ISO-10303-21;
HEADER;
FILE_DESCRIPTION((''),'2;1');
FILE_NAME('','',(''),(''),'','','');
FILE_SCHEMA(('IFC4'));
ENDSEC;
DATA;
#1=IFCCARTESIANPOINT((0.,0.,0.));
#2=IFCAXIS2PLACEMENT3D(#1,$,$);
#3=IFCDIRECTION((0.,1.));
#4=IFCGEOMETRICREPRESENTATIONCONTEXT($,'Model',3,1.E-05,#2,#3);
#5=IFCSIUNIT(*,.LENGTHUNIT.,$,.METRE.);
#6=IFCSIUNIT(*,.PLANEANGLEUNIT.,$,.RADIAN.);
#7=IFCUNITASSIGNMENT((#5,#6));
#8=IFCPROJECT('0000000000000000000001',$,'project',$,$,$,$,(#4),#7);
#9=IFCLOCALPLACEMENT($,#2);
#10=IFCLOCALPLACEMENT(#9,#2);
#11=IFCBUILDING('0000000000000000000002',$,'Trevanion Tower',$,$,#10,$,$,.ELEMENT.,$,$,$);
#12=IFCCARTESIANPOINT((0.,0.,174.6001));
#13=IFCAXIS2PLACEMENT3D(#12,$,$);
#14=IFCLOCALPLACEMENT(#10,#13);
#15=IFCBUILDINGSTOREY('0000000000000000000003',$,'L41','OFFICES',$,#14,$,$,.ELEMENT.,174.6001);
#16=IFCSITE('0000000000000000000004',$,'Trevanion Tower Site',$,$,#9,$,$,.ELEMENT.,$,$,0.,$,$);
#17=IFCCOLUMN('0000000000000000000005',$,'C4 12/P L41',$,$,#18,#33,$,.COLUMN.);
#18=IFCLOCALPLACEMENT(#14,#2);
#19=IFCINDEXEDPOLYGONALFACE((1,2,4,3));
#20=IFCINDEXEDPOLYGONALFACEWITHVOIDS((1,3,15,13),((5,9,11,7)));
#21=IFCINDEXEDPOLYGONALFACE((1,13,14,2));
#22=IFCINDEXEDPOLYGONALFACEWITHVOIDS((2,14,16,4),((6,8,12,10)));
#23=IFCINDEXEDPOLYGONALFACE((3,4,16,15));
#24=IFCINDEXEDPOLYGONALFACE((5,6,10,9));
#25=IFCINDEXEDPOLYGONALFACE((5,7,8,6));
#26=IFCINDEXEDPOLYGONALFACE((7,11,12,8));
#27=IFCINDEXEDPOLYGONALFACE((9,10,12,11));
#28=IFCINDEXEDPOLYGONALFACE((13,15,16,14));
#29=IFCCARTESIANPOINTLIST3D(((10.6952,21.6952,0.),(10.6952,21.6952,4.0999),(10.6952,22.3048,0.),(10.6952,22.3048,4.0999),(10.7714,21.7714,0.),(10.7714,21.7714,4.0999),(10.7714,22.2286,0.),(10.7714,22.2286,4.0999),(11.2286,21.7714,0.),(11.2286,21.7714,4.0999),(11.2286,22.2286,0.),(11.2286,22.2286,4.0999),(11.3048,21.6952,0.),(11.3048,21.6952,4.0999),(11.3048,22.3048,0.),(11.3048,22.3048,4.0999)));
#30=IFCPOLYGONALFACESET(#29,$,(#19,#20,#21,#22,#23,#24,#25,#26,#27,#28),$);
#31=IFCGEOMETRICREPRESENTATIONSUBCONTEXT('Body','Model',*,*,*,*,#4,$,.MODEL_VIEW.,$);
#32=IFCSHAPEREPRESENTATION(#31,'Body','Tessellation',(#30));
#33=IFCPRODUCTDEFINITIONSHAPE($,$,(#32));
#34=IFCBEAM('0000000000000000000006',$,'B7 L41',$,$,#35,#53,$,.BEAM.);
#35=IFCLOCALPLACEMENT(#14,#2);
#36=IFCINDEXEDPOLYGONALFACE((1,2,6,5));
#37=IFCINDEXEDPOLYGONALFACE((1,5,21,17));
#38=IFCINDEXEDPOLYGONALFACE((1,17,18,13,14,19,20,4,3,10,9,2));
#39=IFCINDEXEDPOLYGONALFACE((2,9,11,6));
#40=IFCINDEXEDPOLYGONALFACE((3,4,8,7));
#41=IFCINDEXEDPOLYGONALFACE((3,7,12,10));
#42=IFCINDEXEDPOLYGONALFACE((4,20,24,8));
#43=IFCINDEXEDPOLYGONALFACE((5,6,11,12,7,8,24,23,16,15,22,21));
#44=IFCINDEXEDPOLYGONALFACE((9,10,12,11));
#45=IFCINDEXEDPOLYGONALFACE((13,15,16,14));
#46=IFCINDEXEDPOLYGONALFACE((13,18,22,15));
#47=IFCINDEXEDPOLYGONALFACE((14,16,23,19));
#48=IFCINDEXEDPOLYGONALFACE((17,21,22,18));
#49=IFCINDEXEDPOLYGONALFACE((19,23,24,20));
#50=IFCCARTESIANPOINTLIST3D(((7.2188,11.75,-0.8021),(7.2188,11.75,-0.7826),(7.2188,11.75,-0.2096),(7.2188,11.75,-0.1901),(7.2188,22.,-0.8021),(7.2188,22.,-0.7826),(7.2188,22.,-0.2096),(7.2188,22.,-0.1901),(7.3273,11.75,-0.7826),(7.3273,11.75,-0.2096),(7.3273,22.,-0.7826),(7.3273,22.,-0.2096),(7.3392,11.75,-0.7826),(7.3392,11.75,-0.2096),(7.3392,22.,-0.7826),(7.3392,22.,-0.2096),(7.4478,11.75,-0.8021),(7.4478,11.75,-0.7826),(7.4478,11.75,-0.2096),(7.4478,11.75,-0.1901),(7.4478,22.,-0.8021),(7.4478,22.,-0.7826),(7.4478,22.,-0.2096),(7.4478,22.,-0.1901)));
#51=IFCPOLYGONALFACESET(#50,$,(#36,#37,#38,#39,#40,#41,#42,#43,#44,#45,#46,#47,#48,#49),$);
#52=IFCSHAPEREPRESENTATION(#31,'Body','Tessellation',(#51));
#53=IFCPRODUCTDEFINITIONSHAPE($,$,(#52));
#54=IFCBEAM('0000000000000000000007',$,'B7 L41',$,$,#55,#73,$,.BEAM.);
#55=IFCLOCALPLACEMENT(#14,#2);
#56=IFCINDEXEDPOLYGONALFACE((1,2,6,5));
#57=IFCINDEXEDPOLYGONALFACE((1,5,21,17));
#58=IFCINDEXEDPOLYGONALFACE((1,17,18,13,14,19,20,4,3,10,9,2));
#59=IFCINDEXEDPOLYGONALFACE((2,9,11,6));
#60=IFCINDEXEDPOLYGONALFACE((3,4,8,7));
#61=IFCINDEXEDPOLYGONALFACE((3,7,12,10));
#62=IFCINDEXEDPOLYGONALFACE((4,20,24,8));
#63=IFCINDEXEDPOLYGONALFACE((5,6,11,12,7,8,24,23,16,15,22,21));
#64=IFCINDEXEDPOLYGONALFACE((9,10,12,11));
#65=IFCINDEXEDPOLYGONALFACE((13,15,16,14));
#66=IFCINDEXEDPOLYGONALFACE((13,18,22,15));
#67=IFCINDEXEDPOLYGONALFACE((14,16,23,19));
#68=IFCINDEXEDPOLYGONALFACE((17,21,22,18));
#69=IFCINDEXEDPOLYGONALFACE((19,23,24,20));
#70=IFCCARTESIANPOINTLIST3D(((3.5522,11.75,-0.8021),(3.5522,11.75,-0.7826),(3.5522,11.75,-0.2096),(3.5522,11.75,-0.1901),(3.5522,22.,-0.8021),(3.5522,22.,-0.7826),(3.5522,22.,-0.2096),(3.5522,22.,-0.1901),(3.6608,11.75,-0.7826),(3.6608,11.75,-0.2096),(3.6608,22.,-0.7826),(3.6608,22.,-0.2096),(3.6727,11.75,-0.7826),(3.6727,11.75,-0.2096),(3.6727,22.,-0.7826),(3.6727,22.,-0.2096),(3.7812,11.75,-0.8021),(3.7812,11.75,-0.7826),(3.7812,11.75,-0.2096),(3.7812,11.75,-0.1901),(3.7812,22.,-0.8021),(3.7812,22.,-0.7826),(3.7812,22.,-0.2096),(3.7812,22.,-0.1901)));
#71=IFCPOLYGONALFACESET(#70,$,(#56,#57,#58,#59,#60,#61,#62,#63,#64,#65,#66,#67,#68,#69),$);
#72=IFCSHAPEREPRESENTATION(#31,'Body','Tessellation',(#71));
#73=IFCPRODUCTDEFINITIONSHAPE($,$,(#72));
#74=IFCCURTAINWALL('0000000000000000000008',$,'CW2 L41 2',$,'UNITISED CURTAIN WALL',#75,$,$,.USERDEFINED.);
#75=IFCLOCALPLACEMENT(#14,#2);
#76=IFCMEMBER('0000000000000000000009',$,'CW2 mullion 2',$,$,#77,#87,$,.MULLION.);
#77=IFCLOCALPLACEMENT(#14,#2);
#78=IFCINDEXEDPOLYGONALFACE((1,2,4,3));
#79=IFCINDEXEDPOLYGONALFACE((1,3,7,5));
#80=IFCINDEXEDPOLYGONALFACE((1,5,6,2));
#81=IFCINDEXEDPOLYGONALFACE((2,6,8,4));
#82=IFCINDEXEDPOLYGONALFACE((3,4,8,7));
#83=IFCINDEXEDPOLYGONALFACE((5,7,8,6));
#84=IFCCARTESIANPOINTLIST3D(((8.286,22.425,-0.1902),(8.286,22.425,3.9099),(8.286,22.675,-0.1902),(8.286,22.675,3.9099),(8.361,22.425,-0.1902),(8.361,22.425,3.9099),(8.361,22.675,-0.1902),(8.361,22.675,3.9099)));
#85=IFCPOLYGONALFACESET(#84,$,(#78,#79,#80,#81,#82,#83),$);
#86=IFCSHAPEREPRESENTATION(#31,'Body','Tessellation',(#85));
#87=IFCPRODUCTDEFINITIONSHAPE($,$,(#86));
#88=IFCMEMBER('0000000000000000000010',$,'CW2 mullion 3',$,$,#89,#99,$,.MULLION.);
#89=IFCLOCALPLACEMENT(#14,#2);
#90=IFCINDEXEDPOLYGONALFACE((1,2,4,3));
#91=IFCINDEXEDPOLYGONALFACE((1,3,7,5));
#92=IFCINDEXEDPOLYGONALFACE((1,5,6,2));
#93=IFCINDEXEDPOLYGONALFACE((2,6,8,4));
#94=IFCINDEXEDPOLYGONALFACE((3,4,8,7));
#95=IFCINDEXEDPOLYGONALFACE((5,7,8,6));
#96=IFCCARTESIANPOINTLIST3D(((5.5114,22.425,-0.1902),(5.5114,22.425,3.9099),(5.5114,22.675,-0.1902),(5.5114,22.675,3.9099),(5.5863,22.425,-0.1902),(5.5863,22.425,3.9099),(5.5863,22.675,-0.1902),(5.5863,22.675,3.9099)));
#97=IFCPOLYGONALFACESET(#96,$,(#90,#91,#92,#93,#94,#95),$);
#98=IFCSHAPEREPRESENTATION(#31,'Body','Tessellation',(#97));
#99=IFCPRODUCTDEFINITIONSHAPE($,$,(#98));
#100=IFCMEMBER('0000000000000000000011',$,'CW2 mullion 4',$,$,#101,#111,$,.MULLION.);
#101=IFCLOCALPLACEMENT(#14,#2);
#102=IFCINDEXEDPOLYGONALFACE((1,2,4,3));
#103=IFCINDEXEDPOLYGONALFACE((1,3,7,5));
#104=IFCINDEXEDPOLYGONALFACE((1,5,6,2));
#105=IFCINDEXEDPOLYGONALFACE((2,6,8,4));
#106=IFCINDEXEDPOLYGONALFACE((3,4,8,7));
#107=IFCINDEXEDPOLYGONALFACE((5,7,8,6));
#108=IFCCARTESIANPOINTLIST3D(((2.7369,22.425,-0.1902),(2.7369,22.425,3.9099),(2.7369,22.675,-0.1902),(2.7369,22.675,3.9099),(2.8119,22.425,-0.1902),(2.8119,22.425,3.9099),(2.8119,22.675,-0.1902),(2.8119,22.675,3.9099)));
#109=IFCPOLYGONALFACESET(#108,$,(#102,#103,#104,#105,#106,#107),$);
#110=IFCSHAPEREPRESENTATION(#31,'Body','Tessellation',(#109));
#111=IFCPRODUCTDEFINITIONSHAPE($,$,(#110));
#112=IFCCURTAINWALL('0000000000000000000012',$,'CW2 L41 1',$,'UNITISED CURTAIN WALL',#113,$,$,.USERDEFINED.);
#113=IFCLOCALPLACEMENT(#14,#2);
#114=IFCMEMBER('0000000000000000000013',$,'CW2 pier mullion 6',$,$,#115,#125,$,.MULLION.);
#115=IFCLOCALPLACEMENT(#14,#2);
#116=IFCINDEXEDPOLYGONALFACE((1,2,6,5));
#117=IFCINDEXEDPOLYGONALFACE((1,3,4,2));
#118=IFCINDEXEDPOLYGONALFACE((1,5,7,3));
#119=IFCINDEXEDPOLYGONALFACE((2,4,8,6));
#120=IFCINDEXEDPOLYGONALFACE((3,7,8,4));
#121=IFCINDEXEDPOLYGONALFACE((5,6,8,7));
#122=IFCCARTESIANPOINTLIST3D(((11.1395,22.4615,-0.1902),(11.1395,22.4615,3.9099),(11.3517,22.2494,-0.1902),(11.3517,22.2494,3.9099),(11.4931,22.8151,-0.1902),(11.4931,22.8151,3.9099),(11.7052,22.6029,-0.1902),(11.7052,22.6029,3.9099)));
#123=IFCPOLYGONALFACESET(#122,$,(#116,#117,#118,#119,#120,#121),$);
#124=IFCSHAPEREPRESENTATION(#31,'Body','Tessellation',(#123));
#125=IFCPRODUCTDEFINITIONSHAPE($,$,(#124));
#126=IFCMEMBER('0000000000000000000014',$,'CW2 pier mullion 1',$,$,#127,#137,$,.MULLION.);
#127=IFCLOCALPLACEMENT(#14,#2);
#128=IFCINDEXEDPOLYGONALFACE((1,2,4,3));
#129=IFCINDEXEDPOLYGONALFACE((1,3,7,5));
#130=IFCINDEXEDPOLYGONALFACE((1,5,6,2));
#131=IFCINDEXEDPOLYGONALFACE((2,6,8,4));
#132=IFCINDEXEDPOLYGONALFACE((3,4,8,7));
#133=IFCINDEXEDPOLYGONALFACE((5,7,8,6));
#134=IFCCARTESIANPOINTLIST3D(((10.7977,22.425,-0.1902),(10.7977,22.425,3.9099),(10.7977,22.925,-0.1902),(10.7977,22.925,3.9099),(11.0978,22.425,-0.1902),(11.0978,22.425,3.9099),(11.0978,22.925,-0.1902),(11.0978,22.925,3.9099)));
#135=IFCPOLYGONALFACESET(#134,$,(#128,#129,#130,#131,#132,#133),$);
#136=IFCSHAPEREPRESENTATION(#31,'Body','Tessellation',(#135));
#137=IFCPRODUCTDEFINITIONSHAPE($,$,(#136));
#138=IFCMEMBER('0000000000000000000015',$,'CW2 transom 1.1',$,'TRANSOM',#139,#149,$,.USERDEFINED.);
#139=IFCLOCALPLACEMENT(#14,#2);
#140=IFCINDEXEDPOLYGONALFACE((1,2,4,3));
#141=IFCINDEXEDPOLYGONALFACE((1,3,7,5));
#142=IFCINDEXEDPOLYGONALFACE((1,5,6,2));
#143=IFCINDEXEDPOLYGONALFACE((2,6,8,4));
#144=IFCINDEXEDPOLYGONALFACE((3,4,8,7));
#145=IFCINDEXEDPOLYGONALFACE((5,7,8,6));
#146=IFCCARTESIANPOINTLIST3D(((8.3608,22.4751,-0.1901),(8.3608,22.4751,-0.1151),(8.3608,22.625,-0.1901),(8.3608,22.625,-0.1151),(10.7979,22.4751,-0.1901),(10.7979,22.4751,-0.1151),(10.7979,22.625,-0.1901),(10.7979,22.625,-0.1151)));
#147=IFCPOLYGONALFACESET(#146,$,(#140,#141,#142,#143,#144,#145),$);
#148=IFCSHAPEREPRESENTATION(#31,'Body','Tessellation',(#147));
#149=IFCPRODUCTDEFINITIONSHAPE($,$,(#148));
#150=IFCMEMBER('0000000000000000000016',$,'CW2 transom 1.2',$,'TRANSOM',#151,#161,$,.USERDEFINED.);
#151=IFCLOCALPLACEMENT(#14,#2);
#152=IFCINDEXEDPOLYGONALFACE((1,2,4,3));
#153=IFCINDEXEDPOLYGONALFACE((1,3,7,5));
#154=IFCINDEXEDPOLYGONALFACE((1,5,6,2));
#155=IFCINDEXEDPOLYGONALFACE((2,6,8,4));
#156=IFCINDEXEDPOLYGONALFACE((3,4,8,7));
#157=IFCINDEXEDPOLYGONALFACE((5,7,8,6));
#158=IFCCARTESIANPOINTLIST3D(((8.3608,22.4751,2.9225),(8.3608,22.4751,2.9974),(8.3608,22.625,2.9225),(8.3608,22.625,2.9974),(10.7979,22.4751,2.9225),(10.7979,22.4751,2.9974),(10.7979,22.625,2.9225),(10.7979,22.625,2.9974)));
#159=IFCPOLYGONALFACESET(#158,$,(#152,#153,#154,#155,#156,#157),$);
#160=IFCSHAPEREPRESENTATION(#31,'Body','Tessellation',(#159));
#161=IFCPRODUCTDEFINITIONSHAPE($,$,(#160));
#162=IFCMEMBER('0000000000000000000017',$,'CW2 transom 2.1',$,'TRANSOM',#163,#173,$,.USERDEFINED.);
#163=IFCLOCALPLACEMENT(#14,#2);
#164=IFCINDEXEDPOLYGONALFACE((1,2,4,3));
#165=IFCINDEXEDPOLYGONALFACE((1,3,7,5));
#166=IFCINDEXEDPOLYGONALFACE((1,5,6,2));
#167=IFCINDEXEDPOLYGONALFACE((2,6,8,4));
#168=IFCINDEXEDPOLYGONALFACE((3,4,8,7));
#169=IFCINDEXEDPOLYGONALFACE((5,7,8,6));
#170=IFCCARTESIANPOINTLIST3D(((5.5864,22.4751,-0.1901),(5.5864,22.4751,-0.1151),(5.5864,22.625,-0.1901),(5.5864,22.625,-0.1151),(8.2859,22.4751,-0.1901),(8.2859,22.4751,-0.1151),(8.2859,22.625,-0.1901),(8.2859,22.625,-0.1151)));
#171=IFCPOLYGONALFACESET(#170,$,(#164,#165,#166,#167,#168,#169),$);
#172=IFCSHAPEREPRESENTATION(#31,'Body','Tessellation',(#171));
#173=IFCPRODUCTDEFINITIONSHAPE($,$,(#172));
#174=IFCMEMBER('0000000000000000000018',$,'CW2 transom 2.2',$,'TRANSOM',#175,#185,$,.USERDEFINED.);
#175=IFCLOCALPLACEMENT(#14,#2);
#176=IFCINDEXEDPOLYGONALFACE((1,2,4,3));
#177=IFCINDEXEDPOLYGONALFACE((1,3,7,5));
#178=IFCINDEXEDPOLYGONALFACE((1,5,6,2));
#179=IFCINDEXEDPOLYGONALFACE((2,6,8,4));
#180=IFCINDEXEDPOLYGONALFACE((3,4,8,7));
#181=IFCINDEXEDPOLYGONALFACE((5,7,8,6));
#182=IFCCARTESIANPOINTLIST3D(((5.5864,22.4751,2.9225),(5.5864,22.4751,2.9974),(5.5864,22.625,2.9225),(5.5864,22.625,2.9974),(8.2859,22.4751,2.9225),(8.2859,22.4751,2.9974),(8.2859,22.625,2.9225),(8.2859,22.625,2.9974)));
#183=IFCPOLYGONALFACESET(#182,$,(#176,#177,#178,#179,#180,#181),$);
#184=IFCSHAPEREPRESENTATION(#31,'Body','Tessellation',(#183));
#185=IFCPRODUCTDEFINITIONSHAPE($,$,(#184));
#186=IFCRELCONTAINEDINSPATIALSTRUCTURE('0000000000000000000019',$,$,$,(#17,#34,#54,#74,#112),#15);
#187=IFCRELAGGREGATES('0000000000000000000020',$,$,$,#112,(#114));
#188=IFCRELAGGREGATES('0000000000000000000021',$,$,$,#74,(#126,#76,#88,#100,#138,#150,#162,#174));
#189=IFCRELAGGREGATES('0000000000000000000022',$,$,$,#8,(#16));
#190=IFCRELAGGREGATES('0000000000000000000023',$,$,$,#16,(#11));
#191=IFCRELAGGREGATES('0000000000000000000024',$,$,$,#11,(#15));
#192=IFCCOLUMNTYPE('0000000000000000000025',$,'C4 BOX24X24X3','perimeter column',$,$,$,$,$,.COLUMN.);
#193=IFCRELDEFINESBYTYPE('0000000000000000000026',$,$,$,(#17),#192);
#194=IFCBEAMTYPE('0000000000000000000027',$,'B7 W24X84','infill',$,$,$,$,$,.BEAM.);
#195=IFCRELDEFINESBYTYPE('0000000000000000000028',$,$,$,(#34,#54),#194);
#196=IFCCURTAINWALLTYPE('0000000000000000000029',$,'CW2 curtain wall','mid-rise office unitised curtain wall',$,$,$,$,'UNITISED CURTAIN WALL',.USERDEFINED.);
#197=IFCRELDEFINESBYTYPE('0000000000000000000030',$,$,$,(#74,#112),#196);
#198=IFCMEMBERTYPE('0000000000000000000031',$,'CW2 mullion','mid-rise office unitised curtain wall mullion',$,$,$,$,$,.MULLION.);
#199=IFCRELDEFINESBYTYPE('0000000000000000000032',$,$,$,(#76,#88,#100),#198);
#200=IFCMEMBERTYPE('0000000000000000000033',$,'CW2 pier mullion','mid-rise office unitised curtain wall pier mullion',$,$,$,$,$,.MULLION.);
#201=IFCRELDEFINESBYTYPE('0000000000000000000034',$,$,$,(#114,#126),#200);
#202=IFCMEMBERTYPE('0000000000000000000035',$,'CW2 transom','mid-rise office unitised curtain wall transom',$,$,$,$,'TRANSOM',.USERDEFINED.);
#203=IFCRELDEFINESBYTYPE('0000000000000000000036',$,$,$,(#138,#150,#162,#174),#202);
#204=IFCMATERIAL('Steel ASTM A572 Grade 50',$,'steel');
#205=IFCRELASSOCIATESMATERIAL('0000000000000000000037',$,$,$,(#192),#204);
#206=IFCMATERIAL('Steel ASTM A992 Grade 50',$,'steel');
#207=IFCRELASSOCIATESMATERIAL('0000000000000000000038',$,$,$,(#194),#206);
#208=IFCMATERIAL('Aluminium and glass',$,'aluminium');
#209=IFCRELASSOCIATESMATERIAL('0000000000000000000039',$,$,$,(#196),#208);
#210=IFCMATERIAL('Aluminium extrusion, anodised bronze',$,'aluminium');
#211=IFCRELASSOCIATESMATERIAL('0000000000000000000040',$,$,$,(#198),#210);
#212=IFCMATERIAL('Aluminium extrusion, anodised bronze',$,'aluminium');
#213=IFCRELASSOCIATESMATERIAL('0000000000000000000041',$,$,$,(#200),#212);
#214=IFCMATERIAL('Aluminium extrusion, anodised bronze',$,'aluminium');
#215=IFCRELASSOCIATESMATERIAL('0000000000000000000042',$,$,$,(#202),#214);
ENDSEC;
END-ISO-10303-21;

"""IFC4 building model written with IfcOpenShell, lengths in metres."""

from ifc_helpers import new_model, si_unit, direction, frame, origin, origin_2d, place, context, subcontext, project, spatial, rectangle, hollow_rectangle, i_section, extrude, material, material_profile, profile_set, type_object, element, aggregate, save


model = new_model("IFC4")

# Units and contexts
model_context = context("Model", 3, precision=1e-05, world=origin(), true_north=direction((0.0, 1.0)))
body_context = subcontext(model_context, "Body", "Model", "MODEL_VIEW")
ifc_project = project(units=[si_unit("LENGTHUNIT", "METRE"), si_unit("PLANEANGLEUNIT", "RADIAN")], contexts=[model_context])

# Site, building, storey
site_placement = place(None, origin())
site = spatial("IfcSite", under=ifc_project, at=site_placement, Name="Trevanion Tower Site", CompositionType="ELEMENT", RefElevation=0.0)
building_placement = place(site_placement, origin())
building = spatial("IfcBuilding", under=site, at=building_placement, Name="Trevanion Tower", CompositionType="ELEMENT")
storey_placement = place(building_placement, frame((0.0, 0.0, 174.6001)))
storey = spatial("IfcBuildingStorey", under=building, at=storey_placement, Name="L41", Description="OFFICES", CompositionType="ELEMENT", Elevation=174.6001)

# Column
ifc_material_1 = material(Name="Steel ASTM A572 Grade 50", Category="steel")
ifc_material_profile_1 = material_profile(ifc_material_1, hollow_rectangle(XDim=0.6096, YDim=0.6096, WallThickness=0.0762, at=origin_2d()), Name="BOX24X24X3")
ifc_profile_set_1 = profile_set([ifc_material_profile_1], Name="Steel ASTM A572 Grade 50")
column_type = type_object("IfcColumnType", Name="C4 BOX24X24X3", Description="perimeter column", PredefinedType="COLUMN", material=ifc_profile_set_1)
column_placement = place(storey_placement, frame((11.0, 22.0, 0.0), z_axis=(0.0, 0.0, 1.0), x_axis=(1.0, 0.0, 0.0)))
element("IfcColumn", 1, at=column_placement, inside=storey, type_object=column_type, Name="C4 12/P L41", PredefinedType="COLUMN", context=body_context, shape_type="SweptSolid", body=[
    extrude(hollow_rectangle(XDim=0.6096, YDim=0.6096, WallThickness=0.0762, at=origin_2d()), origin(), (0.0, 0.0, 1.0), 4.0999),
])

# Beams
ifc_material_2 = material(Name="Steel ASTM A992 Grade 50", Category="steel")
ifc_material_profile_2 = material_profile(ifc_material_2, i_section(OverallWidth=0.229, OverallDepth=0.6121, WebThickness=0.012, FlangeThickness=0.0195, at=origin_2d()), Name="W24X84")
ifc_profile_set_2 = profile_set([ifc_material_profile_2], Name="Steel ASTM A992 Grade 50")
beam_type_1 = type_object("IfcBeamType", Name="B7 W24X84", Description="infill", PredefinedType="BEAM", material=ifc_profile_set_2)
for number, where, z_axis, x_axis, name in (
    (2, (7.3333, 11.75, -0.4961), (0.0, 1.0, 0.0), (-1.0, 0.0, 0.0), "B7 L41"),
    (3, (3.6667, 11.75, -0.4961), (0.0, 1.0, 0.0), (-1.0, 0.0, 0.0), "B7 L41"),
):
    element("IfcBeam", number, at=place(storey_placement, frame(where, z_axis=z_axis, x_axis=x_axis)), inside=storey, type_object=beam_type_1, Name=name, PredefinedType="BEAM", context=body_context, shape_type="SweptSolid", body=[
        extrude(i_section(OverallWidth=0.229, OverallDepth=0.6121, WebThickness=0.012, FlangeThickness=0.0195, at=origin_2d()), origin(), (0.0, 0.0, 1.0), 10.25),
    ])

# Curtain wall, members
ifc_material_3 = material(Name="Aluminium and glass", Category="aluminium")
curtain_wall_type = type_object("IfcCurtainWallType", Name="CW2 curtain wall", Description="mid-rise office unitised curtain wall", ElementType="UNITISED CURTAIN WALL", PredefinedType="USERDEFINED", material=ifc_material_3)
curtain_wall_1_placement = place(storey_placement, origin())
curtain_wall_1 = element("IfcCurtainWall", 4, at=curtain_wall_1_placement, inside=storey, type_object=curtain_wall_type, Name="CW2 L41 2", ObjectType="UNITISED CURTAIN WALL", PredefinedType="USERDEFINED")
ifc_material_4 = material(Name="Aluminium extrusion, anodised bronze", Category="aluminium")
ifc_material_profile_3 = material_profile(ifc_material_4, rectangle(XDim=0.075, YDim=0.25, at=origin_2d()), Name="CW2 mullion")
ifc_profile_set_3 = profile_set([ifc_material_profile_3], Name="Aluminium extrusion, anodised bronze")
member_type_1 = type_object("IfcMemberType", Name="CW2 mullion", Description="mid-rise office unitised curtain wall mullion", PredefinedType="MULLION", material=ifc_profile_set_3)
member_1_placement = place(storey_placement, frame((8.3235, 22.55, -0.1902), z_axis=(0.0, 0.0, 1.0), x_axis=(-1.0, 0.0, 0.0)))
member_1 = element("IfcMember", 5, at=member_1_placement, type_object=member_type_1, Name="CW2 mullion 2", PredefinedType="MULLION", context=body_context, shape_type="SweptSolid", body=[
    extrude(rectangle(XDim=0.075, YDim=0.25, at=origin_2d()), origin(), (0.0, 0.0, 1.0), 4.1001),
])
member_2_placement = place(storey_placement, frame((5.5488, 22.55, -0.1902), z_axis=(0.0, 0.0, 1.0), x_axis=(-1.0, 0.0, 0.0)))
member_2 = element("IfcMember", 6, at=member_2_placement, type_object=member_type_1, Name="CW2 mullion 3", PredefinedType="MULLION", context=body_context, shape_type="SweptSolid", body=[
    extrude(rectangle(XDim=0.075, YDim=0.25, at=origin_2d()), origin(), (0.0, 0.0, 1.0), 4.1001),
])
member_3_placement = place(storey_placement, frame((2.7744, 22.55, -0.1902), z_axis=(0.0, 0.0, 1.0), x_axis=(-1.0, 0.0, 0.0)))
member_3 = element("IfcMember", 7, at=member_3_placement, type_object=member_type_1, Name="CW2 mullion 4", PredefinedType="MULLION", context=body_context, shape_type="SweptSolid", body=[
    extrude(rectangle(XDim=0.075, YDim=0.25, at=origin_2d()), origin(), (0.0, 0.0, 1.0), 4.1001),
])

# Curtain wall, member
curtain_wall_2_placement = place(storey_placement, origin())
curtain_wall_2 = element("IfcCurtainWall", 8, at=curtain_wall_2_placement, inside=storey, type_object=curtain_wall_type, Name="CW2 L41 1", ObjectType="UNITISED CURTAIN WALL", PredefinedType="USERDEFINED")
ifc_material_5 = material(Name="Aluminium extrusion, anodised bronze", Category="aluminium")
ifc_material_profile_4 = material_profile(ifc_material_5, rectangle(XDim=0.3, YDim=0.5, at=origin_2d()), Name="CW2 pier mullion")
ifc_profile_set_4 = profile_set([ifc_material_profile_4], Name="Aluminium extrusion, anodised bronze")
member_type_2 = type_object("IfcMemberType", Name="CW2 pier mullion", Description="mid-rise office unitised curtain wall pier mullion", PredefinedType="MULLION", material=ifc_profile_set_4)
member_4_placement = place(storey_placement, frame((11.4224, 22.5322, -0.1902), z_axis=(0.0, 0.0, 1.0), x_axis=(-0.707107, 0.707107, 0.0)))
member_4 = element("IfcMember", 9, at=member_4_placement, type_object=member_type_2, Name="CW2 pier mullion 6", PredefinedType="MULLION", context=body_context, shape_type="SweptSolid", body=[
    extrude(rectangle(XDim=0.3, YDim=0.5, at=origin_2d()), origin(), (0.0, 0.0, 1.0), 4.1001),
])
aggregate(curtain_wall_2, [member_4])

# Members
member_5_placement = place(storey_placement, frame((10.9478, 22.675, -0.1902), z_axis=(0.0, 0.0, 1.0), x_axis=(-1.0, 0.0, 0.0)))
member_5 = element("IfcMember", 10, at=member_5_placement, type_object=member_type_2, Name="CW2 pier mullion 1", PredefinedType="MULLION", context=body_context, shape_type="SweptSolid", body=[
    extrude(rectangle(XDim=0.3, YDim=0.5, at=origin_2d()), origin(), (0.0, 0.0, 1.0), 4.1001),
])
ifc_material_6 = material(Name="Aluminium extrusion, anodised bronze", Category="aluminium")
ifc_material_profile_5 = material_profile(ifc_material_6, rectangle(XDim=0.1499, YDim=0.075, at=origin_2d()), Name="CW2 transom")
ifc_profile_set_5 = profile_set([ifc_material_profile_5], Name="Aluminium extrusion, anodised bronze")
member_type_3 = type_object("IfcMemberType", Name="CW2 transom", Description="mid-rise office unitised curtain wall transom", ElementType="TRANSOM", PredefinedType="USERDEFINED", material=ifc_profile_set_5)
member_6_placement = place(storey_placement, frame((10.7979, 22.55, -0.1526), z_axis=(-1.0, 0.0, 0.0), x_axis=(0.0, -1.0, 0.0)))
member_6 = element("IfcMember", 11, at=member_6_placement, type_object=member_type_3, Name="CW2 transom 1.1", ObjectType="TRANSOM", PredefinedType="USERDEFINED", context=body_context, shape_type="SweptSolid", body=[
    extrude(rectangle(XDim=0.1499, YDim=0.075, at=origin_2d()), origin(), (0.0, 0.0, 1.0), 2.437),
])
member_7_placement = place(storey_placement, frame((10.7979, 22.55, 2.96), z_axis=(-1.0, 0.0, 0.0), x_axis=(0.0, -1.0, 0.0)))
member_7 = element("IfcMember", 12, at=member_7_placement, type_object=member_type_3, Name="CW2 transom 1.2", ObjectType="TRANSOM", PredefinedType="USERDEFINED", context=body_context, shape_type="SweptSolid", body=[
    extrude(rectangle(XDim=0.1499, YDim=0.075, at=origin_2d()), origin(), (0.0, 0.0, 1.0), 2.437),
])
member_8_placement = place(storey_placement, frame((8.2859, 22.55, -0.1526), z_axis=(-1.0, 0.0, 0.0), x_axis=(0.0, -1.0, 0.0)))
member_8 = element("IfcMember", 13, at=member_8_placement, type_object=member_type_3, Name="CW2 transom 2.1", ObjectType="TRANSOM", PredefinedType="USERDEFINED", context=body_context, shape_type="SweptSolid", body=[
    extrude(rectangle(XDim=0.1499, YDim=0.075, at=origin_2d()), origin(), (0.0, 0.0, 1.0), 2.6995),
])
member_9_placement = place(storey_placement, frame((8.2859, 22.55, 2.96), z_axis=(-1.0, 0.0, 0.0), x_axis=(0.0, -1.0, 0.0)))
member_9 = element("IfcMember", 14, at=member_9_placement, type_object=member_type_3, Name="CW2 transom 2.2", ObjectType="TRANSOM", PredefinedType="USERDEFINED", context=body_context, shape_type="SweptSolid", body=[
    extrude(rectangle(XDim=0.1499, YDim=0.075, at=origin_2d()), origin(), (0.0, 0.0, 1.0), 2.6995),
])

aggregate(curtain_wall_1, [member_5, member_1, member_2, member_3, member_6, member_7, member_8, member_9])

save(model, "model.ifc")
